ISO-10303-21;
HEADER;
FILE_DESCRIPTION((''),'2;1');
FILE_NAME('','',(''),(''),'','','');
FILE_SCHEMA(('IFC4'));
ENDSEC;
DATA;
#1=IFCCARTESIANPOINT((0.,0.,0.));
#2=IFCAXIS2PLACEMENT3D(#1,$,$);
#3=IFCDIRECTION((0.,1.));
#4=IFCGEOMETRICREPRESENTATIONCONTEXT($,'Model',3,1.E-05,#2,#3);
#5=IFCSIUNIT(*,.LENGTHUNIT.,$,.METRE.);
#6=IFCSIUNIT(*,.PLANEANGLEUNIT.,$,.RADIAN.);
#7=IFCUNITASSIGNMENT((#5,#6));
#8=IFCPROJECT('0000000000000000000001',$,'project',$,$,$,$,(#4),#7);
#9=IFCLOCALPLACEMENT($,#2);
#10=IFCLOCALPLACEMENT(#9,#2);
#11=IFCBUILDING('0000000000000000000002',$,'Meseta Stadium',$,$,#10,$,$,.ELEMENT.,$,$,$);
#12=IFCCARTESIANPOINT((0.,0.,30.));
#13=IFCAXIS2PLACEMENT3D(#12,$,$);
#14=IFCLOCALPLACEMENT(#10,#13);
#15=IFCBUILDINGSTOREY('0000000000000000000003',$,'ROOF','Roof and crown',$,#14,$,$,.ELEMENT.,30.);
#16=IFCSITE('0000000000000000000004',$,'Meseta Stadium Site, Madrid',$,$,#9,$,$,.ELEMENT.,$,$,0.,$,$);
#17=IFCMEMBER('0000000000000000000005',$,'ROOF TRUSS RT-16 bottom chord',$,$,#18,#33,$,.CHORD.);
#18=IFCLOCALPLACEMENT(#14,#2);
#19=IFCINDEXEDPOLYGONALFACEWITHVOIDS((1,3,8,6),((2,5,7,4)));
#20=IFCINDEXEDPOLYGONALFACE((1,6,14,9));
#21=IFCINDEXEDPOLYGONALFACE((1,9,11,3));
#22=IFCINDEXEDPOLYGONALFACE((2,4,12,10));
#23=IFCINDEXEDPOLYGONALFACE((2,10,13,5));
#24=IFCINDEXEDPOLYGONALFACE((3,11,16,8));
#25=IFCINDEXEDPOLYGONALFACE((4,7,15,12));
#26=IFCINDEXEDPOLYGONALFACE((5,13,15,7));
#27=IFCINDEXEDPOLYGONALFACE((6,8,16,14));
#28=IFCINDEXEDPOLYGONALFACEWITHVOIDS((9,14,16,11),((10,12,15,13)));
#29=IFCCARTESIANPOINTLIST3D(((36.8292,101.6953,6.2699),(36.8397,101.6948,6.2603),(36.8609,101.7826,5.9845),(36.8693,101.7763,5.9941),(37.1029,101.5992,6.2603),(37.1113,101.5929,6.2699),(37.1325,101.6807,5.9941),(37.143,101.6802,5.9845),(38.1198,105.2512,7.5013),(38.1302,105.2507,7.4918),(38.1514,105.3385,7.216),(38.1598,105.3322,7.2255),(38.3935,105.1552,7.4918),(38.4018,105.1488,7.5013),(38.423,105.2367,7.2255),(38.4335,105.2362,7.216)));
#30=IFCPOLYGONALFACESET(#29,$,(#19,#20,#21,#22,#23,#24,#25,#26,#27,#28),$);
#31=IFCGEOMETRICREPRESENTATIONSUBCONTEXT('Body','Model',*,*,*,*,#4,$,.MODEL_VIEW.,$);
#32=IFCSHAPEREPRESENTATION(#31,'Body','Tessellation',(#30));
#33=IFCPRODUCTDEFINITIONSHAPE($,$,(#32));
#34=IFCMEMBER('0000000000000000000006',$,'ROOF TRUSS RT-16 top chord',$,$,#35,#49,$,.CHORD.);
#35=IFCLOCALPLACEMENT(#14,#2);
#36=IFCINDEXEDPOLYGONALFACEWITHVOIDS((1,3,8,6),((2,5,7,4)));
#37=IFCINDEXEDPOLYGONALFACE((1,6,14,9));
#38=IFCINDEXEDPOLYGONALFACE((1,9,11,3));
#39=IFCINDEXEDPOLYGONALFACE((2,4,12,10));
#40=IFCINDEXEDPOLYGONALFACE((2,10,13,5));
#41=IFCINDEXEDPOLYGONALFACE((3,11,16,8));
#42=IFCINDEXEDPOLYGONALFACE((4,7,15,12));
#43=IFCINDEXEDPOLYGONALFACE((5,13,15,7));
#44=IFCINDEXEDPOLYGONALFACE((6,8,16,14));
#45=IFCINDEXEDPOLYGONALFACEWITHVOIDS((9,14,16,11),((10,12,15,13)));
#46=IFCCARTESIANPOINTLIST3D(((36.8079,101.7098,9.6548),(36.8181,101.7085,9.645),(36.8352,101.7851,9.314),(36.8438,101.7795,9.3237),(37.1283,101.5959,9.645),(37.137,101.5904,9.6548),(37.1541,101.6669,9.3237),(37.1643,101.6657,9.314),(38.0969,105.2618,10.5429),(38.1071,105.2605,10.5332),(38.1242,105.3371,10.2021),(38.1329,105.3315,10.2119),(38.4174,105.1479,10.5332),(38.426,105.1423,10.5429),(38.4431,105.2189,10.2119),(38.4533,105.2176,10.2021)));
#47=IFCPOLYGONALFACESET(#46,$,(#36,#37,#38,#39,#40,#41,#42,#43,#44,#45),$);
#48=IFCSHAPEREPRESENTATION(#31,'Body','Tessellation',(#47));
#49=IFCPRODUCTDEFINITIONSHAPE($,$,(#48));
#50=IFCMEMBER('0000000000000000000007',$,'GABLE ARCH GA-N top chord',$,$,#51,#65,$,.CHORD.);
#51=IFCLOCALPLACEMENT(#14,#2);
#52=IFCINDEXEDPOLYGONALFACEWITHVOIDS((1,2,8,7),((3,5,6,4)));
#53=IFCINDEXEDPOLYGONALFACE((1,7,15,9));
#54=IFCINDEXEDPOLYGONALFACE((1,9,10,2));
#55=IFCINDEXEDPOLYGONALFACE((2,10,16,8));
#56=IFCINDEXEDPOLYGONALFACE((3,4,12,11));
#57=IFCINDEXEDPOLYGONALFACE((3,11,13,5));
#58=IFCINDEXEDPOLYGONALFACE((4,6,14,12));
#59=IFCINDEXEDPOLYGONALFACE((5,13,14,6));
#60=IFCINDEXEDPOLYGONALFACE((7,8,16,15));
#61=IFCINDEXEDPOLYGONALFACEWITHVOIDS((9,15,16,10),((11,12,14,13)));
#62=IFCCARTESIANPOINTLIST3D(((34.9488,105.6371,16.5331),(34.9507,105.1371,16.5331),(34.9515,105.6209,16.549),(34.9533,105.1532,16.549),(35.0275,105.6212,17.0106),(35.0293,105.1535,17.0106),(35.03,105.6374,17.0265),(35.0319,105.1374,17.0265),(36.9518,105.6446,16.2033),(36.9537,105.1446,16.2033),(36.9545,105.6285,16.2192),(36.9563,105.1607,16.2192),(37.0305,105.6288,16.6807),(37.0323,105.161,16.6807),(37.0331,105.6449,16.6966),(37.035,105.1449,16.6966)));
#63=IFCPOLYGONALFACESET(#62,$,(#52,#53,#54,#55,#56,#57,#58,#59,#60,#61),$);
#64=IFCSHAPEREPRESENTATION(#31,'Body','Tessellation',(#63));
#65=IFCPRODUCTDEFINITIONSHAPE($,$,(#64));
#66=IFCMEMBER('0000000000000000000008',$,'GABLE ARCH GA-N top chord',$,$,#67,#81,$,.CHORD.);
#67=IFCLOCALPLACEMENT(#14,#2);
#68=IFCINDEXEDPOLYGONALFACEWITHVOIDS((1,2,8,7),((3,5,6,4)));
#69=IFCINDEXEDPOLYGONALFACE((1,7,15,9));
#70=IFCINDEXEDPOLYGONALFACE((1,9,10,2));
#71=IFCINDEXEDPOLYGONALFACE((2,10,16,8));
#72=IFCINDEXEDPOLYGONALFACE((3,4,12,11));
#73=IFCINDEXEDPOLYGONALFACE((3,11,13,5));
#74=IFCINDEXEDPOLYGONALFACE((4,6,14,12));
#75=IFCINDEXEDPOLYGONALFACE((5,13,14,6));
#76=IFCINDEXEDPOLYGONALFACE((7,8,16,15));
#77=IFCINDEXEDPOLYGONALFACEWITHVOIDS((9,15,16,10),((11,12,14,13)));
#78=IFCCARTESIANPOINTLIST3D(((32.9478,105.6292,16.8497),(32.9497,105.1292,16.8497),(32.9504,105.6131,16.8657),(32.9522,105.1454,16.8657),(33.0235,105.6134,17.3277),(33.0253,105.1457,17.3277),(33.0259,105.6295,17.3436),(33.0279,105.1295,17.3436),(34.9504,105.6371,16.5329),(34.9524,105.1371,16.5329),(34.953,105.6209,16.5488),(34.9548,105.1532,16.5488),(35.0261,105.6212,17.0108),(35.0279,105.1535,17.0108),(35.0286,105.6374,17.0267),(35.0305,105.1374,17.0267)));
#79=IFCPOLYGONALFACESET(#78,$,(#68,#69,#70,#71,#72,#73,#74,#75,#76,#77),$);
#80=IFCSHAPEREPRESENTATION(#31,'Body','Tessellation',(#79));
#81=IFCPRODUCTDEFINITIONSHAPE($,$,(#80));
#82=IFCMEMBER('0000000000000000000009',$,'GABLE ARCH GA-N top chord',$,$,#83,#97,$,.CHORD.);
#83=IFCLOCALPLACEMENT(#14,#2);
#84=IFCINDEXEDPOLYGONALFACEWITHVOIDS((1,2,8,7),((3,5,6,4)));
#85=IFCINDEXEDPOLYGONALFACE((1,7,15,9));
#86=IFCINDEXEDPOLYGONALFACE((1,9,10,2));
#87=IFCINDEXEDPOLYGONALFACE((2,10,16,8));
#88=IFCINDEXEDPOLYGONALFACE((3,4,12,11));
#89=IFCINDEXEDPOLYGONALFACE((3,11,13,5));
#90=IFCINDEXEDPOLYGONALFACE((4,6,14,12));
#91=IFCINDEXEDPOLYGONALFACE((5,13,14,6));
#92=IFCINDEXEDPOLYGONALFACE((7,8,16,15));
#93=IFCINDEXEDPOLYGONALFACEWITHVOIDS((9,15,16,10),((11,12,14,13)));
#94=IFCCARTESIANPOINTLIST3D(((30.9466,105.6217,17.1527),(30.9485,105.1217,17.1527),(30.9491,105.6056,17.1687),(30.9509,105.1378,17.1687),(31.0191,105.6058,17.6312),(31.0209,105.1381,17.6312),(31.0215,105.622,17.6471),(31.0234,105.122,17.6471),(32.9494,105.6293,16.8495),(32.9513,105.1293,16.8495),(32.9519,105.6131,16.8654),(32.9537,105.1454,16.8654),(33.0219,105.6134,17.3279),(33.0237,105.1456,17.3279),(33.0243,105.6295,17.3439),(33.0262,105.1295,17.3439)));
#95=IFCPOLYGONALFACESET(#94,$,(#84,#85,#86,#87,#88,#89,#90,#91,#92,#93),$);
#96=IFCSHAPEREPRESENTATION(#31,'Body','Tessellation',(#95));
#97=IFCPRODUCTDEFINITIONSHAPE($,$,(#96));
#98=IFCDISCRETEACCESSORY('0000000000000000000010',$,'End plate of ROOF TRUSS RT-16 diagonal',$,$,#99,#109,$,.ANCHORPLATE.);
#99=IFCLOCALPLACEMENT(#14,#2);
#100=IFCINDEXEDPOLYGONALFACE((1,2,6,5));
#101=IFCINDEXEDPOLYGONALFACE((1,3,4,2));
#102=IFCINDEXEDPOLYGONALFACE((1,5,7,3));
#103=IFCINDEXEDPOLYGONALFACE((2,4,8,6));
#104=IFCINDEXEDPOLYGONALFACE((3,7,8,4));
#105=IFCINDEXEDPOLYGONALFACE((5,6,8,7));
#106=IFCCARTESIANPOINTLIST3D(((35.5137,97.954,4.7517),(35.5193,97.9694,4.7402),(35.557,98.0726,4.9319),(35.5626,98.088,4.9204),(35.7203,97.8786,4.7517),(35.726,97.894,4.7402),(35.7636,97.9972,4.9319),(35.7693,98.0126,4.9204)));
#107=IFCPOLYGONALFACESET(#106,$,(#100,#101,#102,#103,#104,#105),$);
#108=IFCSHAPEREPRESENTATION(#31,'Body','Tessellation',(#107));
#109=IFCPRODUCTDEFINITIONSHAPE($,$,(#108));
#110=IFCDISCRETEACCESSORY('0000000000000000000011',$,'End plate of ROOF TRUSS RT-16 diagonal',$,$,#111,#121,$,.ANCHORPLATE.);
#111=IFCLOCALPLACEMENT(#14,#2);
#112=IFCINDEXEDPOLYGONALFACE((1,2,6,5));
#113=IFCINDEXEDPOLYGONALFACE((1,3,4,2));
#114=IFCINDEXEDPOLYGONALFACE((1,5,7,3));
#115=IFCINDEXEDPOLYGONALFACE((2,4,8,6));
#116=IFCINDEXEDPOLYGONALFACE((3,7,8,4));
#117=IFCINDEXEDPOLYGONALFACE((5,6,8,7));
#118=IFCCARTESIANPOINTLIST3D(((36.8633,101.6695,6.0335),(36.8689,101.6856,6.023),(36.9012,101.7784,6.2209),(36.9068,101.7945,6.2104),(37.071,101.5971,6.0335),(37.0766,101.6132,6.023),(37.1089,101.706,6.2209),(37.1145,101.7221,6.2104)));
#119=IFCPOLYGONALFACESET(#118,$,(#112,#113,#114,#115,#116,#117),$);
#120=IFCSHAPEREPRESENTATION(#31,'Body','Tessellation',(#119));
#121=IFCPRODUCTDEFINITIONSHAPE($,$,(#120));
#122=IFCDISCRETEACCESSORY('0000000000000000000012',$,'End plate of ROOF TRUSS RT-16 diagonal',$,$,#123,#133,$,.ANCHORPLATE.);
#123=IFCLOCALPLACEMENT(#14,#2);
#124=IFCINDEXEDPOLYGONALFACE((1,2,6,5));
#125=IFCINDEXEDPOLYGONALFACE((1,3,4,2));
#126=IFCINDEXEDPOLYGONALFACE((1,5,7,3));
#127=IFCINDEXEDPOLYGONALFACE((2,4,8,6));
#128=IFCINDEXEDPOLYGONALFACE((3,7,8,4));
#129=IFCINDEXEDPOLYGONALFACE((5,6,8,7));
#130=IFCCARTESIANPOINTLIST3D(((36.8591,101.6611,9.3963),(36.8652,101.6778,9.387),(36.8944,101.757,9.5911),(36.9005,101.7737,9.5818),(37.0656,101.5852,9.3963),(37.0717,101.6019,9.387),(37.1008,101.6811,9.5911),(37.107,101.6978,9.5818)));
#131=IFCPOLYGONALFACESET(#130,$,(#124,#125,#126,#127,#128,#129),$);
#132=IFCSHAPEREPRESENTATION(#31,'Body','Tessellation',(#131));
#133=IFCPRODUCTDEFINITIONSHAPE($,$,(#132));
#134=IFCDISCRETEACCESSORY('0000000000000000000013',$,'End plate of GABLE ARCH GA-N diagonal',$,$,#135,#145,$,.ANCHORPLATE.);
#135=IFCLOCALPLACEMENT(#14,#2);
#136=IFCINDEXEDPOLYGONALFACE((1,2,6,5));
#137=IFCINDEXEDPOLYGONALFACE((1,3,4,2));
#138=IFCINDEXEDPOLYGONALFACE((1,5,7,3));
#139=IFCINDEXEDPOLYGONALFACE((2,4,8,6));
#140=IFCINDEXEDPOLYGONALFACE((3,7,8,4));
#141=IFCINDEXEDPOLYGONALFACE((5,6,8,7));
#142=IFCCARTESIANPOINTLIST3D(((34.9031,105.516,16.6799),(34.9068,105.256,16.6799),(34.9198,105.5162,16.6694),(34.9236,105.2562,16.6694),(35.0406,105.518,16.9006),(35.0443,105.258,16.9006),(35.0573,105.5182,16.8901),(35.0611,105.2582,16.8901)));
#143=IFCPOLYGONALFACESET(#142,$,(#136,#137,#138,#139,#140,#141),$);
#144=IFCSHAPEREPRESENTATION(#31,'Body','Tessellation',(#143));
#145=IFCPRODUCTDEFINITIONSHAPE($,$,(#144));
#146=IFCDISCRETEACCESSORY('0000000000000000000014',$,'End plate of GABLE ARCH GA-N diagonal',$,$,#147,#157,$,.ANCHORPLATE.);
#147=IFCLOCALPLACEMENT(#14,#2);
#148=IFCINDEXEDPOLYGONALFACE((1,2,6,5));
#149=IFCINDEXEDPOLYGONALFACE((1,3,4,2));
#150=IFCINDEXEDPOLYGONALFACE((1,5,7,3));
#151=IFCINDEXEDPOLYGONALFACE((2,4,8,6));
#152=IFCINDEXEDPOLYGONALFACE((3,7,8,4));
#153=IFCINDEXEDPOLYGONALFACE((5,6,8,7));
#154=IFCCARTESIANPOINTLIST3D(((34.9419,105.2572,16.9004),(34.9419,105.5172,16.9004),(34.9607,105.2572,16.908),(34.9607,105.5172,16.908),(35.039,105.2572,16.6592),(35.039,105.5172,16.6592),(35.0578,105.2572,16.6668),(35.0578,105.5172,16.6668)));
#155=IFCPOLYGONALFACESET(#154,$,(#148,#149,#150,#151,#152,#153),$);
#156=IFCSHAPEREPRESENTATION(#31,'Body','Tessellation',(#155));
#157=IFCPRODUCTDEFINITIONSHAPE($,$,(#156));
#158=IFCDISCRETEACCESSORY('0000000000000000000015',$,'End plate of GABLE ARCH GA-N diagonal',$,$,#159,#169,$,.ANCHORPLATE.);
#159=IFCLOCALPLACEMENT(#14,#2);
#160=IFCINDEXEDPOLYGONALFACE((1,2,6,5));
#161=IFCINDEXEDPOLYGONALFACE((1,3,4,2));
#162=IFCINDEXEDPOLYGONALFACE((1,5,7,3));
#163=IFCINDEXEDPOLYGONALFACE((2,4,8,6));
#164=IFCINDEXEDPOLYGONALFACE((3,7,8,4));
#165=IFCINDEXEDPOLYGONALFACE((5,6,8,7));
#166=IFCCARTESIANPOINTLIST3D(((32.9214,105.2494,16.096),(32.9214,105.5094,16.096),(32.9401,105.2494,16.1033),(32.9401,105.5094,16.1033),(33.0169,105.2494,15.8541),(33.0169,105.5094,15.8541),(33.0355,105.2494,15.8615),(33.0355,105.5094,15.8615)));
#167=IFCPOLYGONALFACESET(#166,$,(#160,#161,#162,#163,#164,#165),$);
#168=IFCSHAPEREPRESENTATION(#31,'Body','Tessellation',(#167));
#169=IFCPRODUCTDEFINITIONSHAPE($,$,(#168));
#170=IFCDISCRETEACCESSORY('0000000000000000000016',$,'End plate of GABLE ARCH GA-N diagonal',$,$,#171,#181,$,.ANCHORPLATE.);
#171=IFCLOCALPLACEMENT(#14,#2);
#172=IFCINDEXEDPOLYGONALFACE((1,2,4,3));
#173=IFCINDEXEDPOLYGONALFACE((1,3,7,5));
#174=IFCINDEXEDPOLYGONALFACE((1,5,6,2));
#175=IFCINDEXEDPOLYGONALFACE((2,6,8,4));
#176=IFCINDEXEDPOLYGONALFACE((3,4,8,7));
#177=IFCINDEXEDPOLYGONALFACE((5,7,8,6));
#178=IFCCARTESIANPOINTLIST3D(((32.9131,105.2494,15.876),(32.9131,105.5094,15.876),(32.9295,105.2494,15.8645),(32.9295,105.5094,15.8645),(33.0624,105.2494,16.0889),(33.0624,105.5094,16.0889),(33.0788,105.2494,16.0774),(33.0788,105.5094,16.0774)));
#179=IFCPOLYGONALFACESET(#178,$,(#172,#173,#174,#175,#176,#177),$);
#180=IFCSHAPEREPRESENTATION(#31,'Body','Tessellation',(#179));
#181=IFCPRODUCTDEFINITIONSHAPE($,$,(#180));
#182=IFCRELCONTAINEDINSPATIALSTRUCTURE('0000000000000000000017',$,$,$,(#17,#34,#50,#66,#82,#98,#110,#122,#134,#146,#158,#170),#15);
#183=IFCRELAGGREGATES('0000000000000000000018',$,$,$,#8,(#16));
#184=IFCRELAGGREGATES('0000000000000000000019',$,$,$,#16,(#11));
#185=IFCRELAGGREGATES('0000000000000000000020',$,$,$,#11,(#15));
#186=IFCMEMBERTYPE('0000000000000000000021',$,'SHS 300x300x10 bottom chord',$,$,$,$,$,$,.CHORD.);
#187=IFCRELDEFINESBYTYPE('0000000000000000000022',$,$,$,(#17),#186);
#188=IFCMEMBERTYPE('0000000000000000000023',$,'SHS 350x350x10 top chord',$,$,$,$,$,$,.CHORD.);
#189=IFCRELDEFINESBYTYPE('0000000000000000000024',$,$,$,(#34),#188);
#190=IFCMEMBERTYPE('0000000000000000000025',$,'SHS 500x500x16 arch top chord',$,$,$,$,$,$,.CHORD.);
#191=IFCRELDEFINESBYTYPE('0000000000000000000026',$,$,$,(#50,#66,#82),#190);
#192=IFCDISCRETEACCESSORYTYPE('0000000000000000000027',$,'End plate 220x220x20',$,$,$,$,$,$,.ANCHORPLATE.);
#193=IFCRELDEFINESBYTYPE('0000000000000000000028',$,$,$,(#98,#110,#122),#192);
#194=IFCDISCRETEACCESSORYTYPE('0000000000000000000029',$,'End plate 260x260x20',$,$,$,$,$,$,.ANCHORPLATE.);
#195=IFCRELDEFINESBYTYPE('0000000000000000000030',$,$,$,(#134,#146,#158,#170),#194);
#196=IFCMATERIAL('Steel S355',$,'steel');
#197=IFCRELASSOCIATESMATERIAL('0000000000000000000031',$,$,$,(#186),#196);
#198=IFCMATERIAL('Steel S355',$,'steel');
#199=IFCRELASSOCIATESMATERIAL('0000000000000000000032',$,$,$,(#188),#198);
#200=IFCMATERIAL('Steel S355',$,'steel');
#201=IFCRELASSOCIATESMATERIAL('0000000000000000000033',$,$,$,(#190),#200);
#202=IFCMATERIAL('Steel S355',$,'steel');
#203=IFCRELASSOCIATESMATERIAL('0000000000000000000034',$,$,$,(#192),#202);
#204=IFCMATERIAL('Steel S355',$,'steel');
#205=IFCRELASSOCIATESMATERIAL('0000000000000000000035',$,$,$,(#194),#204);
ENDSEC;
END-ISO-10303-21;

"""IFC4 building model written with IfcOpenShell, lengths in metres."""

from ifc_helpers import new_model, si_unit, direction, frame, origin, origin_2d, place, context, subcontext, project, spatial, rectangle, hollow_rectangle, extrude, material, material_profile, profile_set, type_object, element, save


model = new_model("IFC4")

# Units and contexts
model_context = context("Model", 3, precision=1e-05, world=origin(), true_north=direction((0.0, 1.0)))
body_context = subcontext(model_context, "Body", "Model", "MODEL_VIEW")
ifc_project = project(units=[si_unit("LENGTHUNIT", "METRE"), si_unit("PLANEANGLEUNIT", "RADIAN")], contexts=[model_context])

# Site, building, storey
site_placement = place(None, origin())
site = spatial("IfcSite", under=ifc_project, at=site_placement, Name="Meseta Stadium Site, Madrid", CompositionType="ELEMENT", RefElevation=0.0)
building_placement = place(site_placement, origin())
building = spatial("IfcBuilding", under=site, at=building_placement, Name="Meseta Stadium", CompositionType="ELEMENT")
storey_placement = place(building_placement, frame((0.0, 0.0, 30.0)))
storey = spatial("IfcBuildingStorey", under=building, at=storey_placement, Name="ROOF", Description="Roof and crown", CompositionType="ELEMENT", Elevation=30.0)

# Members
ifc_material_1 = material(Name="Steel S355", Category="steel")
ifc_material_profile_1 = material_profile(ifc_material_1, hollow_rectangle(XDim=0.3, YDim=0.3, WallThickness=0.01, at=origin_2d()), Name="SHS 300x300x10")
ifc_profile_set_1 = profile_set([ifc_material_profile_1], Name="Steel S355")
member_type_1 = type_object("IfcMemberType", Name="SHS 300x300x10 bottom chord", PredefinedType="CHORD", material=ifc_profile_set_1)
member_1_placement = place(storey_placement, frame((36.9861, 101.6877, 6.1272), z_axis=(0.324396, 0.893839, 0.309545), x_axis=(-0.940008, 0.341152, 0.0)))
element("IfcMember", 1, at=member_1_placement, inside=storey, type_object=member_type_1, Name="ROOF TRUSS RT-16 bottom chord", PredefinedType="CHORD", context=body_context, shape_type="SweptSolid", body=[
    extrude(hollow_rectangle(XDim=0.3, YDim=0.3, WallThickness=0.01, at=origin_2d()), origin(), (0.0, 0.0, 1.0), 3.9783),
])
ifc_material_2 = material(Name="Steel S355", Category="steel")
ifc_material_profile_2 = material_profile(ifc_material_2, hollow_rectangle(XDim=0.3501, YDim=0.3501, WallThickness=0.01, at=origin_2d()), Name="SHS 350x350x10")
ifc_profile_set_2 = profile_set([ifc_material_profile_2], Name="Steel S355")
member_type_2 = type_object("IfcMemberType", Name="SHS 350x350x10 top chord", PredefinedType="CHORD", material=ifc_profile_set_2)
member_2_placement = place(storey_placement, frame((36.9861, 101.6877, 9.4844), z_axis=(0.332091, 0.915073, 0.228816), x_axis=(-0.940012, 0.341141, 0.0)))
element("IfcMember", 2, at=member_2_placement, inside=storey, type_object=member_type_2, Name="ROOF TRUSS RT-16 top chord", PredefinedType="CHORD", context=body_context, shape_type="SweptSolid", body=[
    extrude(hollow_rectangle(XDim=0.3501, YDim=0.3501, WallThickness=0.01, at=origin_2d()), origin(), (0.0, 0.0, 1.0), 3.8816),
])
ifc_material_3 = material(Name="Steel S355", Category="steel")
ifc_material_profile_3 = material_profile(ifc_material_3, hollow_rectangle(XDim=0.5, YDim=0.5, WallThickness=0.0161, at=origin_2d()), Name="SHS 500x500x16")
ifc_profile_set_3 = profile_set([ifc_material_profile_3], Name="Steel S355")
member_type_3 = type_object("IfcMemberType", Name="SHS 500x500x16 arch top chord", PredefinedType="CHORD", material=ifc_profile_set_3)
member_3_placement = place(storey_placement, frame((36.9934, 105.3948, 16.45), z_axis=(-0.986704, -0.003728, 0.162486), x_axis=(0.003779, -0.999993, 0.0)))
element("IfcMember", 3, at=member_3_placement, inside=storey, type_object=member_type_3, Name="GABLE ARCH GA-N top chord", PredefinedType="CHORD", context=body_context, shape_type="SweptSolid", body=[
    extrude(hollow_rectangle(XDim=0.5, YDim=0.5, WallThickness=0.0161, at=origin_2d()), origin(), (0.0, 0.0, 1.0), 2.03),
])
member_4_placement = place(storey_placement, frame((34.9905, 105.3872, 16.7798), z_axis=(-0.987704, -0.003853, 0.156289), x_axis=(0.003901, -0.999992, 0.0)))
element("IfcMember", 4, at=member_4_placement, inside=storey, type_object=member_type_3, Name="GABLE ARCH GA-N top chord", PredefinedType="CHORD", context=body_context, shape_type="SweptSolid", body=[
    extrude(hollow_rectangle(XDim=0.5, YDim=0.5, WallThickness=0.0161, at=origin_2d()), origin(), (0.0, 0.0, 1.0), 2.0276),
])
member_5_placement = place(storey_placement, frame((32.9878, 105.3794, 17.0967), z_axis=(-0.988724, -0.003736, 0.149701), x_axis=(0.003779, -0.999993, 0.0)))
element("IfcMember", 5, at=member_5_placement, inside=storey, type_object=member_type_3, Name="GABLE ARCH GA-N top chord", PredefinedType="CHORD", context=body_context, shape_type="SweptSolid", body=[
    extrude(hollow_rectangle(XDim=0.5, YDim=0.5, WallThickness=0.0161, at=origin_2d()), origin(), (0.0, 0.0, 1.0), 2.0256),
])

# Discrete accessories
ifc_material_4 = material(Name="Steel S355", Category="steel")
ifc_material_profile_4 = material_profile(ifc_material_4, rectangle(XDim=0.22, YDim=0.22, at=origin_2d()), Name="PL 220x220")
ifc_profile_set_4 = profile_set([ifc_material_profile_4], Name="Steel S355")
discrete_accessory_type_1 = type_object("IfcDiscreteAccessoryType", Name="End plate 220x220x20", PredefinedType="ANCHORPLATE", material=ifc_profile_set_4)
for number, where, z_axis, x_axis, name in (
    (6, (35.6387, 97.9756, 4.8418), (0.280843, 0.769266, -0.573897), (-0.939357, 0.34294, 0.0), "End plate of ROOF TRUSS RT-16 diagonal"),
    (7, (36.9861, 101.6877, 6.1272), (0.280279, 0.80428, -0.524001), (-0.944304, 0.329076, 0.0), "End plate of ROOF TRUSS RT-16 diagonal"),
    (8, (36.98, 101.6711, 9.4937), (0.305583, 0.831187, -0.464487), (-0.938579, 0.345066, 0.0), "End plate of ROOF TRUSS RT-16 diagonal"),
):
    element("IfcDiscreteAccessory", number, at=place(storey_placement, frame(where, z_axis=z_axis, x_axis=x_axis)), inside=storey, type_object=discrete_accessory_type_1, Name=name, PredefinedType="ANCHORPLATE", context=body_context, shape_type="SweptSolid", body=[
        extrude(rectangle(XDim=0.22, YDim=0.22, at=origin_2d()), origin(), (0.0, 0.0, 1.0), 0.02),
    ])
ifc_material_5 = material(Name="Steel S355", Category="steel")
ifc_material_profile_5 = material_profile(ifc_material_5, rectangle(XDim=0.26, YDim=0.26, at=origin_2d()), Name="PL 260x260")
ifc_profile_set_5 = profile_set([ifc_material_profile_5], Name="Steel S355")
discrete_accessory_type_2 = type_object("IfcDiscreteAccessoryType", Name="End plate 260x260x20", PredefinedType="ANCHORPLATE", material=ifc_profile_set_5)
discrete_accessory_1_placement = place(storey_placement, frame((34.9905, 105.3872, 16.7798), z_axis=(-0.848624, -0.012299, 0.528853), x_axis=(0.014491, -0.999895, 0.0)))
element("IfcDiscreteAccessory", 9, at=discrete_accessory_1_placement, inside=storey, type_object=discrete_accessory_type_2, Name="End plate of GABLE ARCH GA-N diagonal", PredefinedType="ANCHORPLATE", context=body_context, shape_type="SweptSolid", body=[
    extrude(rectangle(XDim=0.26, YDim=0.26, at=origin_2d()), origin(), (0.0, 0.0, 1.0), 0.0198),
])
discrete_accessory_2_placement = place(storey_placement, frame((35.0093, 105.3872, 16.7874), z_axis=(-0.927644, 0.0, -0.373467), x_axis=(0.0, -1.0, 0.0)))
element("IfcDiscreteAccessory", 10, at=discrete_accessory_2_placement, inside=storey, type_object=discrete_accessory_type_2, Name="End plate of GABLE ARCH GA-N diagonal", PredefinedType="ANCHORPLATE", context=body_context, shape_type="SweptSolid", body=[
    extrude(rectangle(XDim=0.26, YDim=0.26, at=origin_2d()), origin(), (0.0, 0.0, 1.0), 0.0203),
])
for number, where, z_axis, x_axis, name in (
    (11, (32.9878, 105.3794, 15.9824), (-0.930155, 0.0, -0.367167), (0.0, -1.0, 0.0), "End plate of GABLE ARCH GA-N diagonal"),
    (12, (33.0042, 105.3794, 15.9709), (-0.818657, 0.0, 0.574282), (0.0, -1.0, 0.0), "End plate of GABLE ARCH GA-N diagonal"),
):
    element("IfcDiscreteAccessory", number, at=place(storey_placement, frame(where, z_axis=z_axis, x_axis=x_axis)), inside=storey, type_object=discrete_accessory_type_2, Name=name, PredefinedType="ANCHORPLATE", context=body_context, shape_type="SweptSolid", body=[
        extrude(rectangle(XDim=0.26, YDim=0.26, at=origin_2d()), origin(), (0.0, 0.0, 1.0), 0.02),
    ])

save(model, "model.ifc")
